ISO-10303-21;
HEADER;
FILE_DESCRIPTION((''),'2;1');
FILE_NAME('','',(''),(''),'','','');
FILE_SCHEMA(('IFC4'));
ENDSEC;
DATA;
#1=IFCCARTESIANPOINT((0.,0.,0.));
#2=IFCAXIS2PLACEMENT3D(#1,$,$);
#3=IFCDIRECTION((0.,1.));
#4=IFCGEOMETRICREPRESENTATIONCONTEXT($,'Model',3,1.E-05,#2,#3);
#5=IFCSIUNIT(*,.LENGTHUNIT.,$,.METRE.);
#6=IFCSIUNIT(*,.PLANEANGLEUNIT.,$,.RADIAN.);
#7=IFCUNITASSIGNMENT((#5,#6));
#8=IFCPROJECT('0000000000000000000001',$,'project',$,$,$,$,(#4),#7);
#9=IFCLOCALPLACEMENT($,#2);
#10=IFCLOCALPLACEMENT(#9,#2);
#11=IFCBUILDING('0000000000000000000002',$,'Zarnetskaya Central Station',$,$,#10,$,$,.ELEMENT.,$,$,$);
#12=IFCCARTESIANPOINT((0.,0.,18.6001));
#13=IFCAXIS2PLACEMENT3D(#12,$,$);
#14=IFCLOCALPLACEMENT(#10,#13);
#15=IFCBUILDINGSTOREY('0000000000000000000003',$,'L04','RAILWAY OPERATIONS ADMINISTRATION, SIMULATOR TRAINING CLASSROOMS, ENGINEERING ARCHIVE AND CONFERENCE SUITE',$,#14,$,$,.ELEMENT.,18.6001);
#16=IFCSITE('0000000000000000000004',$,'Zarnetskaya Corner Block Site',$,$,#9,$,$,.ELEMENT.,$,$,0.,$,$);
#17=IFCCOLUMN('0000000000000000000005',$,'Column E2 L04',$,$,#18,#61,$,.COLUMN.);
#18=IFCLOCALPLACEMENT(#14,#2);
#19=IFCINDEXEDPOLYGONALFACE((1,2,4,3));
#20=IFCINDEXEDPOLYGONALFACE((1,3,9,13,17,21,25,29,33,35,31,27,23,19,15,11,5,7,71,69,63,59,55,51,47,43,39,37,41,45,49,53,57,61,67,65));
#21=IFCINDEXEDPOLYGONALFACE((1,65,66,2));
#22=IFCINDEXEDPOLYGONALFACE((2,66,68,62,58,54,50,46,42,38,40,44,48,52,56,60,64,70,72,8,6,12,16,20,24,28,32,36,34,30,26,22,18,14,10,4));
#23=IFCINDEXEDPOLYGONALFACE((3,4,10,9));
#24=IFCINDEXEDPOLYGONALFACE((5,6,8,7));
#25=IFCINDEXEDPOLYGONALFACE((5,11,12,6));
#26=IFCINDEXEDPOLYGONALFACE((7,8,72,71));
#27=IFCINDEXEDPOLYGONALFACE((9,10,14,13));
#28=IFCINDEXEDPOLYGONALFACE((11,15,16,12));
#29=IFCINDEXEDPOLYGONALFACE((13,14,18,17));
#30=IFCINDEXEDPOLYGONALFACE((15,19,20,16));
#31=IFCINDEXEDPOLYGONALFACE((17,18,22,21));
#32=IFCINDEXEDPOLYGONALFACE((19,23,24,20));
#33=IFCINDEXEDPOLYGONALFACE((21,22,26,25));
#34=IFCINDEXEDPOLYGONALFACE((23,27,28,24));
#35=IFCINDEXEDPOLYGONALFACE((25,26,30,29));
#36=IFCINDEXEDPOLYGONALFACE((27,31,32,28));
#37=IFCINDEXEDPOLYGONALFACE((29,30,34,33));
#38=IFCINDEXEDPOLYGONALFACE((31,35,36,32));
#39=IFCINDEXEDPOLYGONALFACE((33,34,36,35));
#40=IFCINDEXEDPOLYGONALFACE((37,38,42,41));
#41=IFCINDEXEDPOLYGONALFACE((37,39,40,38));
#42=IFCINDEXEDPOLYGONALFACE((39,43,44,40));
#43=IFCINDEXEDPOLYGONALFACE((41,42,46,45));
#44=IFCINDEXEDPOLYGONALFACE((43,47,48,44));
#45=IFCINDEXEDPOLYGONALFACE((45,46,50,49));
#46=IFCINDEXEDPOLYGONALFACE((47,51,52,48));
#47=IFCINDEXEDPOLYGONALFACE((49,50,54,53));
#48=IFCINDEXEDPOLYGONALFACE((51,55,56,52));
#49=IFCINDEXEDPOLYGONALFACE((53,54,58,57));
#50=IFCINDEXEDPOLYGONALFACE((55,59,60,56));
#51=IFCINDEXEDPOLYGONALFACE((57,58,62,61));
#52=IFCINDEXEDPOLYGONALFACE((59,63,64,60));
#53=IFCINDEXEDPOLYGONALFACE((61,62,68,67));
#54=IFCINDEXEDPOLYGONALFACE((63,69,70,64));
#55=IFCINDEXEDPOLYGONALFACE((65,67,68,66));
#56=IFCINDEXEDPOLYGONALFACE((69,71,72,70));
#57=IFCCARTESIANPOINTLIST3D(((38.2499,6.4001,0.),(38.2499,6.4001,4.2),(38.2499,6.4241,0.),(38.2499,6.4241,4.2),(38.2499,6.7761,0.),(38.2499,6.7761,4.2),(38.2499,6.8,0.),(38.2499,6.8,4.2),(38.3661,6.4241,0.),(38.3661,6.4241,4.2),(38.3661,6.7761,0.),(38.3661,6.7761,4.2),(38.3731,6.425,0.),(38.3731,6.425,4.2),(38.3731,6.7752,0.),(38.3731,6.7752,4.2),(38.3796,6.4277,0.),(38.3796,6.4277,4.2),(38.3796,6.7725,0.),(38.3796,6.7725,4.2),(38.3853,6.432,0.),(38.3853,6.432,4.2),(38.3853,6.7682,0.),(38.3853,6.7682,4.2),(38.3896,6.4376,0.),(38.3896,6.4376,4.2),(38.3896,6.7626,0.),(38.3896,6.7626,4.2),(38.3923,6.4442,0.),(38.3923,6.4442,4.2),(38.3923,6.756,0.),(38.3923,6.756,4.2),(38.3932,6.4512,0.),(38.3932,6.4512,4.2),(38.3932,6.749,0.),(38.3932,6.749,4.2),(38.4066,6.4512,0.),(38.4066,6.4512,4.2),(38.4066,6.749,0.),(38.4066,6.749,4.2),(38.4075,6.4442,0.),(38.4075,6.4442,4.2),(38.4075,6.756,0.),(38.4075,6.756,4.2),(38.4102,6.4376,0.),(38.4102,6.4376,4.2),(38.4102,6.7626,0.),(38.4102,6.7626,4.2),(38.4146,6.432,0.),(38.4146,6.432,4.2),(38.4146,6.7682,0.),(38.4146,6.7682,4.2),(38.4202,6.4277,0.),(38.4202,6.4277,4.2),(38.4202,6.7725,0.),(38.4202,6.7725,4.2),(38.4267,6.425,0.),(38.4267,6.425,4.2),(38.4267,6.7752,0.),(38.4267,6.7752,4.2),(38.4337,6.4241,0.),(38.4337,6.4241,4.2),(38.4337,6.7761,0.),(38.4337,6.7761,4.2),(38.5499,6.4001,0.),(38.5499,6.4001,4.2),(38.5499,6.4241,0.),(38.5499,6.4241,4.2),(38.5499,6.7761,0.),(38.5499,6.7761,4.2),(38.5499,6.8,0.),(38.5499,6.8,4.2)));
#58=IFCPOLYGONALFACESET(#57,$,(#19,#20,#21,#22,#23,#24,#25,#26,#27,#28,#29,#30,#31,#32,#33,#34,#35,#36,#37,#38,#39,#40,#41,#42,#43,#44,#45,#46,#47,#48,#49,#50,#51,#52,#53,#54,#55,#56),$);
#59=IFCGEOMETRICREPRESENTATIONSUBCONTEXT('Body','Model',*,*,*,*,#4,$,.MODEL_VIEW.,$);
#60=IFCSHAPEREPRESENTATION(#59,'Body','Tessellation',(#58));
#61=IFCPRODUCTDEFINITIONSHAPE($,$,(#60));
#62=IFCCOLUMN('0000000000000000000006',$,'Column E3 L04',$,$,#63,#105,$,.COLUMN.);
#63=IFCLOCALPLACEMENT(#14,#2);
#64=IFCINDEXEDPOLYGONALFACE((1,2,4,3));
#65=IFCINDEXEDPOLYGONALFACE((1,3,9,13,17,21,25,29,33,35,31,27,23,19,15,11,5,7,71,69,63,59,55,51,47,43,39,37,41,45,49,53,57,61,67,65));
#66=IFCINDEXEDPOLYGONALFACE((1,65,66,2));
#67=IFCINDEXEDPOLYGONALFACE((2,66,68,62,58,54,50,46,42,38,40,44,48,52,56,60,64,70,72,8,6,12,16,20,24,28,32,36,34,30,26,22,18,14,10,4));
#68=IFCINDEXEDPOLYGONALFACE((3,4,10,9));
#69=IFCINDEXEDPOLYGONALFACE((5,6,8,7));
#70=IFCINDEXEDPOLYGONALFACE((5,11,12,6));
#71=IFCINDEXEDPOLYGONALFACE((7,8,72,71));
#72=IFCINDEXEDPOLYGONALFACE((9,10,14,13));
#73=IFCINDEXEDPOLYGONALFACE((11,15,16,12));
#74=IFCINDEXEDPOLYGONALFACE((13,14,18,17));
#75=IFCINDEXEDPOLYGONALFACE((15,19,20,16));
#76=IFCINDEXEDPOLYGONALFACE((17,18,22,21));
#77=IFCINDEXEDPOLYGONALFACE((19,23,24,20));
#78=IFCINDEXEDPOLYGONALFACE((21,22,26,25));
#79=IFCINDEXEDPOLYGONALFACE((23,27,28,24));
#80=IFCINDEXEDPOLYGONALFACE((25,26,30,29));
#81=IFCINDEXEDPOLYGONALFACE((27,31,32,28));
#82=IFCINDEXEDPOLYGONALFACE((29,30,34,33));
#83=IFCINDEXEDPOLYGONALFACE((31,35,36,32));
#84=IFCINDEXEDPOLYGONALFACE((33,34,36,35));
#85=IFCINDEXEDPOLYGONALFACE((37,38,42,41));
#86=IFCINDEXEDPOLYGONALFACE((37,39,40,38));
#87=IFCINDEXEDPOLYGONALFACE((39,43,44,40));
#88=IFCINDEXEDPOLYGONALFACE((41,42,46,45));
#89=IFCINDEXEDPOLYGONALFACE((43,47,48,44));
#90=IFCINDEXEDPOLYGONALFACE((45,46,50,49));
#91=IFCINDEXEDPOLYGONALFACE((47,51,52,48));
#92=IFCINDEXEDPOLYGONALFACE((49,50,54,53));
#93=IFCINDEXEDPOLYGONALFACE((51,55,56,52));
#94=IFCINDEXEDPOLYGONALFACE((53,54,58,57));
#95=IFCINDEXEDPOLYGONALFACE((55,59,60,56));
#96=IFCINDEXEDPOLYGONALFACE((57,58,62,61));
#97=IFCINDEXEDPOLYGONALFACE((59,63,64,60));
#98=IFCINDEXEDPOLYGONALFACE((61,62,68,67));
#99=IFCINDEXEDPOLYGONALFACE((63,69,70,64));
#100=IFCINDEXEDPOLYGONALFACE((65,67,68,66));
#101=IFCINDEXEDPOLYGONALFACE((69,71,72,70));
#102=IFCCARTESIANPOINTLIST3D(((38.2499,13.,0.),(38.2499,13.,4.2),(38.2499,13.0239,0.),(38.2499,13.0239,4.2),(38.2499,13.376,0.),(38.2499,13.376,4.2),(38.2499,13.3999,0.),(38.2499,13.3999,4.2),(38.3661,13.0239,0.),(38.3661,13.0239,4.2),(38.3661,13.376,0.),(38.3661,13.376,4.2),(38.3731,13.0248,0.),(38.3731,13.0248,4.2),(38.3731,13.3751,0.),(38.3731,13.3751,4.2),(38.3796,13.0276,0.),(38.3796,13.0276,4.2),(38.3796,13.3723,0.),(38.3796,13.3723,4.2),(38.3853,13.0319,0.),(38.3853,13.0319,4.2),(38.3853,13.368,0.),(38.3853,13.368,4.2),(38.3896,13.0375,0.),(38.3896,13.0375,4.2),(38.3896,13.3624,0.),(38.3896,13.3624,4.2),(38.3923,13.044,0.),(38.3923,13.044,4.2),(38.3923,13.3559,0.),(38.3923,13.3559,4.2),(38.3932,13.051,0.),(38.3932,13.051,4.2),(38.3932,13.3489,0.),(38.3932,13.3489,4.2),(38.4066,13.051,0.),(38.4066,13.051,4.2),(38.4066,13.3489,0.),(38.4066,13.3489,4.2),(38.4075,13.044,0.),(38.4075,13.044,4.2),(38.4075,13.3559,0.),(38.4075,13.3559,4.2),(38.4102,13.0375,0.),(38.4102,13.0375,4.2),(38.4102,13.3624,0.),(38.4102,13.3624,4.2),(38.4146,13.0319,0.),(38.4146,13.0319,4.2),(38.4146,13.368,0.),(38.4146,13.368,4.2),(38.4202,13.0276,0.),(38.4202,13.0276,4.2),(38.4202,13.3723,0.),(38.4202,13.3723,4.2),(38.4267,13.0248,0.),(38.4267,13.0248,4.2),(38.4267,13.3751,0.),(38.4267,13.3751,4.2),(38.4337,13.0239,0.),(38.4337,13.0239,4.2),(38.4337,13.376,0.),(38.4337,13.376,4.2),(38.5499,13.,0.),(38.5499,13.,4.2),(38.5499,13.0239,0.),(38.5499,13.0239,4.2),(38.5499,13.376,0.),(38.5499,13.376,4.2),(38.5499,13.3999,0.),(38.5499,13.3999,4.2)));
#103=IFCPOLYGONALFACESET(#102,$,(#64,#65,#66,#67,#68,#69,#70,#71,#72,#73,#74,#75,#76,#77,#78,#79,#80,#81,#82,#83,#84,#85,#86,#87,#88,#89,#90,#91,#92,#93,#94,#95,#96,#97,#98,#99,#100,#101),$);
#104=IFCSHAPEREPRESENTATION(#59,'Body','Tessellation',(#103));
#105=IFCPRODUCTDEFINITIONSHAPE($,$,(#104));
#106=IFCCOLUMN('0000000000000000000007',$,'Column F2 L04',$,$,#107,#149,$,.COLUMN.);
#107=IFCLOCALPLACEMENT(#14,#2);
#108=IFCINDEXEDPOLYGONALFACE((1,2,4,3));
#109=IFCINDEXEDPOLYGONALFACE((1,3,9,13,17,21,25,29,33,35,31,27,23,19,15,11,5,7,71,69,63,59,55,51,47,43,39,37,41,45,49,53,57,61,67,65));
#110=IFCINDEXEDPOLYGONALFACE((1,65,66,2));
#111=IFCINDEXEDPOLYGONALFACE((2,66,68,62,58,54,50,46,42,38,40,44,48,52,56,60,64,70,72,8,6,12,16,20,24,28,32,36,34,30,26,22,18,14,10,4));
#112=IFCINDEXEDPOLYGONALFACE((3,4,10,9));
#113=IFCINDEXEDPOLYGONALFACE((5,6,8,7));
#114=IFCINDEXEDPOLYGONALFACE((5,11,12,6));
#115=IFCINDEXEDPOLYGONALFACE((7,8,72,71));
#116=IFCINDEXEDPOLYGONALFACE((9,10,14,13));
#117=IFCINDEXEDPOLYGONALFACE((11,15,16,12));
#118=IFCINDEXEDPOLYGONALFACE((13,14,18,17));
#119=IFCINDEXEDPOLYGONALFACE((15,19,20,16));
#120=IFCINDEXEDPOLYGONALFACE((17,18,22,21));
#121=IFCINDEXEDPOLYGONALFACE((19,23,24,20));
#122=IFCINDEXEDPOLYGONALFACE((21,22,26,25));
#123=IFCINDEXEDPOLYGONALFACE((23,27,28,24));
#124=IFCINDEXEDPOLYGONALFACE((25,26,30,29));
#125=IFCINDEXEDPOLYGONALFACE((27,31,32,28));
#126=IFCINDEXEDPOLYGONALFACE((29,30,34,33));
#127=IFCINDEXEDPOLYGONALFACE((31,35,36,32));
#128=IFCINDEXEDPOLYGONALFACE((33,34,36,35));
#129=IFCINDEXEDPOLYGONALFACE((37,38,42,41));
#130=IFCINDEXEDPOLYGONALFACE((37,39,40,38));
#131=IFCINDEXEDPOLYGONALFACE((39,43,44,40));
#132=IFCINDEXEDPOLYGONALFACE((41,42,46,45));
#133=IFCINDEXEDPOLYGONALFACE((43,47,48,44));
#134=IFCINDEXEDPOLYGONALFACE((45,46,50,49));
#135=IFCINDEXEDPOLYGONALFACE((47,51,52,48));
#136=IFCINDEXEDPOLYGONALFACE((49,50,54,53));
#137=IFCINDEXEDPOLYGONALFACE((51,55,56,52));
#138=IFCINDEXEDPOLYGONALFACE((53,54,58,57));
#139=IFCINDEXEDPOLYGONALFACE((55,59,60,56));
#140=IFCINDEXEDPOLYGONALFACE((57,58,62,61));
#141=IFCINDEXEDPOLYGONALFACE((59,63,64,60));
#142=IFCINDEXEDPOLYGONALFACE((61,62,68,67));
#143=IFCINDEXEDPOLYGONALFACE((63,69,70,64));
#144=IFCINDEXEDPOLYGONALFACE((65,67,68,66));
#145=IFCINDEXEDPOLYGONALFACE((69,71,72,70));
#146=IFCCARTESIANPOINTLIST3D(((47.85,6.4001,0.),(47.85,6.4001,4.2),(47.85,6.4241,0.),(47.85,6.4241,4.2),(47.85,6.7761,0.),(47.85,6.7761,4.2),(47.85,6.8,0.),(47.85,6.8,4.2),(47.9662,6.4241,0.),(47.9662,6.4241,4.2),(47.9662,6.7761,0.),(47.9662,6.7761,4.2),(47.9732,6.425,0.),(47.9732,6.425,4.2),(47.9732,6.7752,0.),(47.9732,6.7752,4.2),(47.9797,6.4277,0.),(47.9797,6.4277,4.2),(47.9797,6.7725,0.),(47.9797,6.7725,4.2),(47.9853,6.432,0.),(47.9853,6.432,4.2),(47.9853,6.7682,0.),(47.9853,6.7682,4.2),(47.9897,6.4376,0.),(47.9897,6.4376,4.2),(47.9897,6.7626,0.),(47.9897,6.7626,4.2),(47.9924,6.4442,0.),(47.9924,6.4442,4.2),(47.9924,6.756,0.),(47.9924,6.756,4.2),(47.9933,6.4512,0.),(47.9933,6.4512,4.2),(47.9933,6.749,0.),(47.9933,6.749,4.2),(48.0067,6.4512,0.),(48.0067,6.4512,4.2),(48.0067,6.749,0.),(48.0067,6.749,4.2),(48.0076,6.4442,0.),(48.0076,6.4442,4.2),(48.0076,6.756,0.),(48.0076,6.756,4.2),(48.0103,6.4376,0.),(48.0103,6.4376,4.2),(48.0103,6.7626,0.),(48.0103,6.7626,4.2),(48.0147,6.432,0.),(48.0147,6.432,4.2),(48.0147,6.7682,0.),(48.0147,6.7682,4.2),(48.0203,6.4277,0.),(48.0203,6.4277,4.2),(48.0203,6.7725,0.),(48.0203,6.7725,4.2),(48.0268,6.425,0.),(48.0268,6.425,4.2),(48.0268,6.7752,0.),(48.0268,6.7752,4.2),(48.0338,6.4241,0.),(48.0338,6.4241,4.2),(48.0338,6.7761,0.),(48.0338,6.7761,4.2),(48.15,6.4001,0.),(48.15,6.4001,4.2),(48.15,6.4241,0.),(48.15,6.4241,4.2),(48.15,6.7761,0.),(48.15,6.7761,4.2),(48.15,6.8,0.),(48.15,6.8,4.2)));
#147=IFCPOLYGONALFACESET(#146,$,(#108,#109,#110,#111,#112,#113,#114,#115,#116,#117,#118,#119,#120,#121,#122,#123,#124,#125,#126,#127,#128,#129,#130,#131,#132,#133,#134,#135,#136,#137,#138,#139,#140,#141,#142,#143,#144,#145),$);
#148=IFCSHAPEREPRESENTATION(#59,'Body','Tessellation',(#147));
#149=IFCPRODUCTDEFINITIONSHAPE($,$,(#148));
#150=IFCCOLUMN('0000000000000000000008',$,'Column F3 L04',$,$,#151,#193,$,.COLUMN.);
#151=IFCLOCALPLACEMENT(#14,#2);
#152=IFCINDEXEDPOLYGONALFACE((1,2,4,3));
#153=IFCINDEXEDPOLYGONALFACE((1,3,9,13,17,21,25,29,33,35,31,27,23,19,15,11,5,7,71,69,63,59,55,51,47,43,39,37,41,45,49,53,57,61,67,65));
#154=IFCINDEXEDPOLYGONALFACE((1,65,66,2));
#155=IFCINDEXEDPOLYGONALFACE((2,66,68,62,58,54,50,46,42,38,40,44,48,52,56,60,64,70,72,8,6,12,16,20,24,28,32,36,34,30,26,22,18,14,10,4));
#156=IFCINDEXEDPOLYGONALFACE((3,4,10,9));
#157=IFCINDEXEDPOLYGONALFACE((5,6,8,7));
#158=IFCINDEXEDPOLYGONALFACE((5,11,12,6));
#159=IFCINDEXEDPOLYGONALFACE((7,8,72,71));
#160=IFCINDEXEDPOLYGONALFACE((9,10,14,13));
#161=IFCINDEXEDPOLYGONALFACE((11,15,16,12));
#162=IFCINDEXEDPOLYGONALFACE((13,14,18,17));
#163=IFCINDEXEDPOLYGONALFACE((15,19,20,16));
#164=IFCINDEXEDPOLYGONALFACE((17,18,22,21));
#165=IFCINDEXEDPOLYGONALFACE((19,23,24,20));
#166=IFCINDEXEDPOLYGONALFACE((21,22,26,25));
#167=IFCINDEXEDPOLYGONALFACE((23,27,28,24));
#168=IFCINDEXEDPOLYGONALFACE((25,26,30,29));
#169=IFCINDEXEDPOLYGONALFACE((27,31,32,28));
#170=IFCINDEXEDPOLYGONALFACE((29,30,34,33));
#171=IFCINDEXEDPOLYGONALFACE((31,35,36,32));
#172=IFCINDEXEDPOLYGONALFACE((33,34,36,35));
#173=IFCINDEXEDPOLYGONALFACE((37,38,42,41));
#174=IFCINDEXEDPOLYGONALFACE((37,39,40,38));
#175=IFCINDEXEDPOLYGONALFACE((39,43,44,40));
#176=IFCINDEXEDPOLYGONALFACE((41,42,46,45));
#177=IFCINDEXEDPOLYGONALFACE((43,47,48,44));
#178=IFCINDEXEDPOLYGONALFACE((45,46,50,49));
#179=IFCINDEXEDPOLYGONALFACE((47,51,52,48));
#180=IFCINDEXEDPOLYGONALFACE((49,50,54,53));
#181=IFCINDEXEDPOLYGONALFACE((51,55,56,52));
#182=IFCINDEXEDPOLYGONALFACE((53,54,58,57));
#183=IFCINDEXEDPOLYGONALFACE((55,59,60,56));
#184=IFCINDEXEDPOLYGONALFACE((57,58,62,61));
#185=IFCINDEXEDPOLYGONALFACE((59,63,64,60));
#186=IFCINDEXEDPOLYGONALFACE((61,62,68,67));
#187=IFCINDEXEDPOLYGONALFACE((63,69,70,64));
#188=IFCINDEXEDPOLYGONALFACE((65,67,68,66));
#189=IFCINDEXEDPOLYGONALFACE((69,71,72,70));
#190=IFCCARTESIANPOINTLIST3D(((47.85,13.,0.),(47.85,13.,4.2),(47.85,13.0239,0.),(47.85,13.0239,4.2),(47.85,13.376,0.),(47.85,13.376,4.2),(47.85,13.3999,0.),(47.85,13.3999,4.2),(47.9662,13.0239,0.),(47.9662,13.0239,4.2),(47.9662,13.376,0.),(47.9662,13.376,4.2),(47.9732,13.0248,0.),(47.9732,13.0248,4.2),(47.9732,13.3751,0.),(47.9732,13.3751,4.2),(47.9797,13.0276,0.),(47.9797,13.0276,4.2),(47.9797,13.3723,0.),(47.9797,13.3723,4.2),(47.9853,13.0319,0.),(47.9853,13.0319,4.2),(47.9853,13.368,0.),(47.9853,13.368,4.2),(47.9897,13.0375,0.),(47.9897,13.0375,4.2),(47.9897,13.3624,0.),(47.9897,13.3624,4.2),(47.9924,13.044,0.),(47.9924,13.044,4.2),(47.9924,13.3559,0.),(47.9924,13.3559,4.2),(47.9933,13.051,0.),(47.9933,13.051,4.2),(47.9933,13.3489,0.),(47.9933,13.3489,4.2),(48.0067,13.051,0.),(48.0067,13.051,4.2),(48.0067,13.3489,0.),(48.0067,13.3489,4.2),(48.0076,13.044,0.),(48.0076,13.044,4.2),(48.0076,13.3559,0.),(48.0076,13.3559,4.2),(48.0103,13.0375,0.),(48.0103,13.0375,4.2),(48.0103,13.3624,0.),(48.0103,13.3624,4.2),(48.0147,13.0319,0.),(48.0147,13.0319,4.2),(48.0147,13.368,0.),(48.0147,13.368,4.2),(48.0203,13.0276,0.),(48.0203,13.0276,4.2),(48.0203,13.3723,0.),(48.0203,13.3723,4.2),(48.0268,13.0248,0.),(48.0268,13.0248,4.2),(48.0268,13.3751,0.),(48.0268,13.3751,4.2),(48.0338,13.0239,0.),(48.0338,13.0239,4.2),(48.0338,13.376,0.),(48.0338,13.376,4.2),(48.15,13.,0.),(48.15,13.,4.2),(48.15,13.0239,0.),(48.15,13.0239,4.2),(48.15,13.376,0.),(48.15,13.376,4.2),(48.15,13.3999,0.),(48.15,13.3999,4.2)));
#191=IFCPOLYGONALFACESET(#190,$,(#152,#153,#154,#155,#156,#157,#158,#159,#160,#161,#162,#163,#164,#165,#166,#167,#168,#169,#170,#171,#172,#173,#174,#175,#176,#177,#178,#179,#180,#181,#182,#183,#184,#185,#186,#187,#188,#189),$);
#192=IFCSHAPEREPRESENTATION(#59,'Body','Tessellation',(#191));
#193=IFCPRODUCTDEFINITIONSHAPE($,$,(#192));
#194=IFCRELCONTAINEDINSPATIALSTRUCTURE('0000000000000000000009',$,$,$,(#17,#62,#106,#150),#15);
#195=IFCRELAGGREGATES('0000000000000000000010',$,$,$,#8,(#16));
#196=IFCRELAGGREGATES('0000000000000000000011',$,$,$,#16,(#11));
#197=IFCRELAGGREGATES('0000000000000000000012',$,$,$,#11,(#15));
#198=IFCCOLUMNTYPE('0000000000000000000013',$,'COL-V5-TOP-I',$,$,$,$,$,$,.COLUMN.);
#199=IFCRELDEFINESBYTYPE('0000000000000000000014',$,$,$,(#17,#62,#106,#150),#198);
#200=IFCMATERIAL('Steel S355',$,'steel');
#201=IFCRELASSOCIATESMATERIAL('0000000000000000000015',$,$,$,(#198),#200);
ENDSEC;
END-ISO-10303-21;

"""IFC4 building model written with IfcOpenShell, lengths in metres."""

from ifc_helpers import new_model, si_unit, direction, frame, origin, origin_2d, place, context, subcontext, project, spatial, i_section, extrude, material, material_profile, profile_set, type_object, element, save


model = new_model("IFC4")

# Units and contexts
model_context = context("Model", 3, precision=1e-05, world=origin(), true_north=direction((0.0, 1.0)))
body_context = subcontext(model_context, "Body", "Model", "MODEL_VIEW")
ifc_project = project(units=[si_unit("LENGTHUNIT", "METRE"), si_unit("PLANEANGLEUNIT", "RADIAN")], contexts=[model_context])

# Site, building, storey
site_placement = place(None, origin())
site = spatial("IfcSite", under=ifc_project, at=site_placement, Name="Zarnetskaya Corner Block Site", CompositionType="ELEMENT", RefElevation=0.0)
building_placement = place(site_placement, origin())
building = spatial("IfcBuilding", under=site, at=building_placement, Name="Zarnetskaya Central Station", CompositionType="ELEMENT")
storey_placement = place(building_placement, frame((0.0, 0.0, 18.6001)))
storey = spatial("IfcBuildingStorey", under=building, at=storey_placement, Name="L04", Description="RAILWAY OPERATIONS ADMINISTRATION, SIMULATOR TRAINING CLASSROOMS, ENGINEERING ARCHIVE AND CONFERENCE SUITE", CompositionType="ELEMENT", Elevation=18.6001)

# Columns
ifc_material_1 = material(Name="Steel S355", Category="steel")
ifc_material_profile_1 = material_profile(ifc_material_1, i_section(OverallWidth=0.3, OverallDepth=0.3999, WebThickness=0.0134, FlangeThickness=0.0239, FilletRadius=0.0271, at=origin_2d()), Name="HEB 400")
ifc_profile_set_1 = profile_set([ifc_material_profile_1], Name="Steel S355")
column_type = type_object("IfcColumnType", Name="COL-V5-TOP-I", PredefinedType="COLUMN", material=ifc_profile_set_1)
for number, where, z_axis, x_axis, name in (
    (1, (38.3999, 6.6001, 0.0), (0.0, 0.0, 1.0), (1.0, 0.0, 0.0), "Column E2 L04"),
    (2, (38.3999, 13.2, 0.0), (0.0, 0.0, 1.0), (1.0, 0.0, 0.0), "Column E3 L04"),
    (3, (48.0, 6.6001, 0.0), (0.0, 0.0, 1.0), (1.0, 0.0, 0.0), "Column F2 L04"),
    (4, (48.0, 13.2, 0.0), (0.0, 0.0, 1.0), (1.0, 0.0, 0.0), "Column F3 L04"),
):
    element("IfcColumn", number, at=place(storey_placement, frame(where, z_axis=z_axis, x_axis=x_axis)), inside=storey, type_object=column_type, Name=name, PredefinedType="COLUMN", context=body_context, shape_type="SweptSolid", body=[
        extrude(i_section(OverallWidth=0.3, OverallDepth=0.3999, WebThickness=0.0134, FlangeThickness=0.0239, FilletRadius=0.0271, at=origin_2d()), origin(), (0.0, 0.0, 1.0), 4.2),
    ])

save(model, "model.ifc")
